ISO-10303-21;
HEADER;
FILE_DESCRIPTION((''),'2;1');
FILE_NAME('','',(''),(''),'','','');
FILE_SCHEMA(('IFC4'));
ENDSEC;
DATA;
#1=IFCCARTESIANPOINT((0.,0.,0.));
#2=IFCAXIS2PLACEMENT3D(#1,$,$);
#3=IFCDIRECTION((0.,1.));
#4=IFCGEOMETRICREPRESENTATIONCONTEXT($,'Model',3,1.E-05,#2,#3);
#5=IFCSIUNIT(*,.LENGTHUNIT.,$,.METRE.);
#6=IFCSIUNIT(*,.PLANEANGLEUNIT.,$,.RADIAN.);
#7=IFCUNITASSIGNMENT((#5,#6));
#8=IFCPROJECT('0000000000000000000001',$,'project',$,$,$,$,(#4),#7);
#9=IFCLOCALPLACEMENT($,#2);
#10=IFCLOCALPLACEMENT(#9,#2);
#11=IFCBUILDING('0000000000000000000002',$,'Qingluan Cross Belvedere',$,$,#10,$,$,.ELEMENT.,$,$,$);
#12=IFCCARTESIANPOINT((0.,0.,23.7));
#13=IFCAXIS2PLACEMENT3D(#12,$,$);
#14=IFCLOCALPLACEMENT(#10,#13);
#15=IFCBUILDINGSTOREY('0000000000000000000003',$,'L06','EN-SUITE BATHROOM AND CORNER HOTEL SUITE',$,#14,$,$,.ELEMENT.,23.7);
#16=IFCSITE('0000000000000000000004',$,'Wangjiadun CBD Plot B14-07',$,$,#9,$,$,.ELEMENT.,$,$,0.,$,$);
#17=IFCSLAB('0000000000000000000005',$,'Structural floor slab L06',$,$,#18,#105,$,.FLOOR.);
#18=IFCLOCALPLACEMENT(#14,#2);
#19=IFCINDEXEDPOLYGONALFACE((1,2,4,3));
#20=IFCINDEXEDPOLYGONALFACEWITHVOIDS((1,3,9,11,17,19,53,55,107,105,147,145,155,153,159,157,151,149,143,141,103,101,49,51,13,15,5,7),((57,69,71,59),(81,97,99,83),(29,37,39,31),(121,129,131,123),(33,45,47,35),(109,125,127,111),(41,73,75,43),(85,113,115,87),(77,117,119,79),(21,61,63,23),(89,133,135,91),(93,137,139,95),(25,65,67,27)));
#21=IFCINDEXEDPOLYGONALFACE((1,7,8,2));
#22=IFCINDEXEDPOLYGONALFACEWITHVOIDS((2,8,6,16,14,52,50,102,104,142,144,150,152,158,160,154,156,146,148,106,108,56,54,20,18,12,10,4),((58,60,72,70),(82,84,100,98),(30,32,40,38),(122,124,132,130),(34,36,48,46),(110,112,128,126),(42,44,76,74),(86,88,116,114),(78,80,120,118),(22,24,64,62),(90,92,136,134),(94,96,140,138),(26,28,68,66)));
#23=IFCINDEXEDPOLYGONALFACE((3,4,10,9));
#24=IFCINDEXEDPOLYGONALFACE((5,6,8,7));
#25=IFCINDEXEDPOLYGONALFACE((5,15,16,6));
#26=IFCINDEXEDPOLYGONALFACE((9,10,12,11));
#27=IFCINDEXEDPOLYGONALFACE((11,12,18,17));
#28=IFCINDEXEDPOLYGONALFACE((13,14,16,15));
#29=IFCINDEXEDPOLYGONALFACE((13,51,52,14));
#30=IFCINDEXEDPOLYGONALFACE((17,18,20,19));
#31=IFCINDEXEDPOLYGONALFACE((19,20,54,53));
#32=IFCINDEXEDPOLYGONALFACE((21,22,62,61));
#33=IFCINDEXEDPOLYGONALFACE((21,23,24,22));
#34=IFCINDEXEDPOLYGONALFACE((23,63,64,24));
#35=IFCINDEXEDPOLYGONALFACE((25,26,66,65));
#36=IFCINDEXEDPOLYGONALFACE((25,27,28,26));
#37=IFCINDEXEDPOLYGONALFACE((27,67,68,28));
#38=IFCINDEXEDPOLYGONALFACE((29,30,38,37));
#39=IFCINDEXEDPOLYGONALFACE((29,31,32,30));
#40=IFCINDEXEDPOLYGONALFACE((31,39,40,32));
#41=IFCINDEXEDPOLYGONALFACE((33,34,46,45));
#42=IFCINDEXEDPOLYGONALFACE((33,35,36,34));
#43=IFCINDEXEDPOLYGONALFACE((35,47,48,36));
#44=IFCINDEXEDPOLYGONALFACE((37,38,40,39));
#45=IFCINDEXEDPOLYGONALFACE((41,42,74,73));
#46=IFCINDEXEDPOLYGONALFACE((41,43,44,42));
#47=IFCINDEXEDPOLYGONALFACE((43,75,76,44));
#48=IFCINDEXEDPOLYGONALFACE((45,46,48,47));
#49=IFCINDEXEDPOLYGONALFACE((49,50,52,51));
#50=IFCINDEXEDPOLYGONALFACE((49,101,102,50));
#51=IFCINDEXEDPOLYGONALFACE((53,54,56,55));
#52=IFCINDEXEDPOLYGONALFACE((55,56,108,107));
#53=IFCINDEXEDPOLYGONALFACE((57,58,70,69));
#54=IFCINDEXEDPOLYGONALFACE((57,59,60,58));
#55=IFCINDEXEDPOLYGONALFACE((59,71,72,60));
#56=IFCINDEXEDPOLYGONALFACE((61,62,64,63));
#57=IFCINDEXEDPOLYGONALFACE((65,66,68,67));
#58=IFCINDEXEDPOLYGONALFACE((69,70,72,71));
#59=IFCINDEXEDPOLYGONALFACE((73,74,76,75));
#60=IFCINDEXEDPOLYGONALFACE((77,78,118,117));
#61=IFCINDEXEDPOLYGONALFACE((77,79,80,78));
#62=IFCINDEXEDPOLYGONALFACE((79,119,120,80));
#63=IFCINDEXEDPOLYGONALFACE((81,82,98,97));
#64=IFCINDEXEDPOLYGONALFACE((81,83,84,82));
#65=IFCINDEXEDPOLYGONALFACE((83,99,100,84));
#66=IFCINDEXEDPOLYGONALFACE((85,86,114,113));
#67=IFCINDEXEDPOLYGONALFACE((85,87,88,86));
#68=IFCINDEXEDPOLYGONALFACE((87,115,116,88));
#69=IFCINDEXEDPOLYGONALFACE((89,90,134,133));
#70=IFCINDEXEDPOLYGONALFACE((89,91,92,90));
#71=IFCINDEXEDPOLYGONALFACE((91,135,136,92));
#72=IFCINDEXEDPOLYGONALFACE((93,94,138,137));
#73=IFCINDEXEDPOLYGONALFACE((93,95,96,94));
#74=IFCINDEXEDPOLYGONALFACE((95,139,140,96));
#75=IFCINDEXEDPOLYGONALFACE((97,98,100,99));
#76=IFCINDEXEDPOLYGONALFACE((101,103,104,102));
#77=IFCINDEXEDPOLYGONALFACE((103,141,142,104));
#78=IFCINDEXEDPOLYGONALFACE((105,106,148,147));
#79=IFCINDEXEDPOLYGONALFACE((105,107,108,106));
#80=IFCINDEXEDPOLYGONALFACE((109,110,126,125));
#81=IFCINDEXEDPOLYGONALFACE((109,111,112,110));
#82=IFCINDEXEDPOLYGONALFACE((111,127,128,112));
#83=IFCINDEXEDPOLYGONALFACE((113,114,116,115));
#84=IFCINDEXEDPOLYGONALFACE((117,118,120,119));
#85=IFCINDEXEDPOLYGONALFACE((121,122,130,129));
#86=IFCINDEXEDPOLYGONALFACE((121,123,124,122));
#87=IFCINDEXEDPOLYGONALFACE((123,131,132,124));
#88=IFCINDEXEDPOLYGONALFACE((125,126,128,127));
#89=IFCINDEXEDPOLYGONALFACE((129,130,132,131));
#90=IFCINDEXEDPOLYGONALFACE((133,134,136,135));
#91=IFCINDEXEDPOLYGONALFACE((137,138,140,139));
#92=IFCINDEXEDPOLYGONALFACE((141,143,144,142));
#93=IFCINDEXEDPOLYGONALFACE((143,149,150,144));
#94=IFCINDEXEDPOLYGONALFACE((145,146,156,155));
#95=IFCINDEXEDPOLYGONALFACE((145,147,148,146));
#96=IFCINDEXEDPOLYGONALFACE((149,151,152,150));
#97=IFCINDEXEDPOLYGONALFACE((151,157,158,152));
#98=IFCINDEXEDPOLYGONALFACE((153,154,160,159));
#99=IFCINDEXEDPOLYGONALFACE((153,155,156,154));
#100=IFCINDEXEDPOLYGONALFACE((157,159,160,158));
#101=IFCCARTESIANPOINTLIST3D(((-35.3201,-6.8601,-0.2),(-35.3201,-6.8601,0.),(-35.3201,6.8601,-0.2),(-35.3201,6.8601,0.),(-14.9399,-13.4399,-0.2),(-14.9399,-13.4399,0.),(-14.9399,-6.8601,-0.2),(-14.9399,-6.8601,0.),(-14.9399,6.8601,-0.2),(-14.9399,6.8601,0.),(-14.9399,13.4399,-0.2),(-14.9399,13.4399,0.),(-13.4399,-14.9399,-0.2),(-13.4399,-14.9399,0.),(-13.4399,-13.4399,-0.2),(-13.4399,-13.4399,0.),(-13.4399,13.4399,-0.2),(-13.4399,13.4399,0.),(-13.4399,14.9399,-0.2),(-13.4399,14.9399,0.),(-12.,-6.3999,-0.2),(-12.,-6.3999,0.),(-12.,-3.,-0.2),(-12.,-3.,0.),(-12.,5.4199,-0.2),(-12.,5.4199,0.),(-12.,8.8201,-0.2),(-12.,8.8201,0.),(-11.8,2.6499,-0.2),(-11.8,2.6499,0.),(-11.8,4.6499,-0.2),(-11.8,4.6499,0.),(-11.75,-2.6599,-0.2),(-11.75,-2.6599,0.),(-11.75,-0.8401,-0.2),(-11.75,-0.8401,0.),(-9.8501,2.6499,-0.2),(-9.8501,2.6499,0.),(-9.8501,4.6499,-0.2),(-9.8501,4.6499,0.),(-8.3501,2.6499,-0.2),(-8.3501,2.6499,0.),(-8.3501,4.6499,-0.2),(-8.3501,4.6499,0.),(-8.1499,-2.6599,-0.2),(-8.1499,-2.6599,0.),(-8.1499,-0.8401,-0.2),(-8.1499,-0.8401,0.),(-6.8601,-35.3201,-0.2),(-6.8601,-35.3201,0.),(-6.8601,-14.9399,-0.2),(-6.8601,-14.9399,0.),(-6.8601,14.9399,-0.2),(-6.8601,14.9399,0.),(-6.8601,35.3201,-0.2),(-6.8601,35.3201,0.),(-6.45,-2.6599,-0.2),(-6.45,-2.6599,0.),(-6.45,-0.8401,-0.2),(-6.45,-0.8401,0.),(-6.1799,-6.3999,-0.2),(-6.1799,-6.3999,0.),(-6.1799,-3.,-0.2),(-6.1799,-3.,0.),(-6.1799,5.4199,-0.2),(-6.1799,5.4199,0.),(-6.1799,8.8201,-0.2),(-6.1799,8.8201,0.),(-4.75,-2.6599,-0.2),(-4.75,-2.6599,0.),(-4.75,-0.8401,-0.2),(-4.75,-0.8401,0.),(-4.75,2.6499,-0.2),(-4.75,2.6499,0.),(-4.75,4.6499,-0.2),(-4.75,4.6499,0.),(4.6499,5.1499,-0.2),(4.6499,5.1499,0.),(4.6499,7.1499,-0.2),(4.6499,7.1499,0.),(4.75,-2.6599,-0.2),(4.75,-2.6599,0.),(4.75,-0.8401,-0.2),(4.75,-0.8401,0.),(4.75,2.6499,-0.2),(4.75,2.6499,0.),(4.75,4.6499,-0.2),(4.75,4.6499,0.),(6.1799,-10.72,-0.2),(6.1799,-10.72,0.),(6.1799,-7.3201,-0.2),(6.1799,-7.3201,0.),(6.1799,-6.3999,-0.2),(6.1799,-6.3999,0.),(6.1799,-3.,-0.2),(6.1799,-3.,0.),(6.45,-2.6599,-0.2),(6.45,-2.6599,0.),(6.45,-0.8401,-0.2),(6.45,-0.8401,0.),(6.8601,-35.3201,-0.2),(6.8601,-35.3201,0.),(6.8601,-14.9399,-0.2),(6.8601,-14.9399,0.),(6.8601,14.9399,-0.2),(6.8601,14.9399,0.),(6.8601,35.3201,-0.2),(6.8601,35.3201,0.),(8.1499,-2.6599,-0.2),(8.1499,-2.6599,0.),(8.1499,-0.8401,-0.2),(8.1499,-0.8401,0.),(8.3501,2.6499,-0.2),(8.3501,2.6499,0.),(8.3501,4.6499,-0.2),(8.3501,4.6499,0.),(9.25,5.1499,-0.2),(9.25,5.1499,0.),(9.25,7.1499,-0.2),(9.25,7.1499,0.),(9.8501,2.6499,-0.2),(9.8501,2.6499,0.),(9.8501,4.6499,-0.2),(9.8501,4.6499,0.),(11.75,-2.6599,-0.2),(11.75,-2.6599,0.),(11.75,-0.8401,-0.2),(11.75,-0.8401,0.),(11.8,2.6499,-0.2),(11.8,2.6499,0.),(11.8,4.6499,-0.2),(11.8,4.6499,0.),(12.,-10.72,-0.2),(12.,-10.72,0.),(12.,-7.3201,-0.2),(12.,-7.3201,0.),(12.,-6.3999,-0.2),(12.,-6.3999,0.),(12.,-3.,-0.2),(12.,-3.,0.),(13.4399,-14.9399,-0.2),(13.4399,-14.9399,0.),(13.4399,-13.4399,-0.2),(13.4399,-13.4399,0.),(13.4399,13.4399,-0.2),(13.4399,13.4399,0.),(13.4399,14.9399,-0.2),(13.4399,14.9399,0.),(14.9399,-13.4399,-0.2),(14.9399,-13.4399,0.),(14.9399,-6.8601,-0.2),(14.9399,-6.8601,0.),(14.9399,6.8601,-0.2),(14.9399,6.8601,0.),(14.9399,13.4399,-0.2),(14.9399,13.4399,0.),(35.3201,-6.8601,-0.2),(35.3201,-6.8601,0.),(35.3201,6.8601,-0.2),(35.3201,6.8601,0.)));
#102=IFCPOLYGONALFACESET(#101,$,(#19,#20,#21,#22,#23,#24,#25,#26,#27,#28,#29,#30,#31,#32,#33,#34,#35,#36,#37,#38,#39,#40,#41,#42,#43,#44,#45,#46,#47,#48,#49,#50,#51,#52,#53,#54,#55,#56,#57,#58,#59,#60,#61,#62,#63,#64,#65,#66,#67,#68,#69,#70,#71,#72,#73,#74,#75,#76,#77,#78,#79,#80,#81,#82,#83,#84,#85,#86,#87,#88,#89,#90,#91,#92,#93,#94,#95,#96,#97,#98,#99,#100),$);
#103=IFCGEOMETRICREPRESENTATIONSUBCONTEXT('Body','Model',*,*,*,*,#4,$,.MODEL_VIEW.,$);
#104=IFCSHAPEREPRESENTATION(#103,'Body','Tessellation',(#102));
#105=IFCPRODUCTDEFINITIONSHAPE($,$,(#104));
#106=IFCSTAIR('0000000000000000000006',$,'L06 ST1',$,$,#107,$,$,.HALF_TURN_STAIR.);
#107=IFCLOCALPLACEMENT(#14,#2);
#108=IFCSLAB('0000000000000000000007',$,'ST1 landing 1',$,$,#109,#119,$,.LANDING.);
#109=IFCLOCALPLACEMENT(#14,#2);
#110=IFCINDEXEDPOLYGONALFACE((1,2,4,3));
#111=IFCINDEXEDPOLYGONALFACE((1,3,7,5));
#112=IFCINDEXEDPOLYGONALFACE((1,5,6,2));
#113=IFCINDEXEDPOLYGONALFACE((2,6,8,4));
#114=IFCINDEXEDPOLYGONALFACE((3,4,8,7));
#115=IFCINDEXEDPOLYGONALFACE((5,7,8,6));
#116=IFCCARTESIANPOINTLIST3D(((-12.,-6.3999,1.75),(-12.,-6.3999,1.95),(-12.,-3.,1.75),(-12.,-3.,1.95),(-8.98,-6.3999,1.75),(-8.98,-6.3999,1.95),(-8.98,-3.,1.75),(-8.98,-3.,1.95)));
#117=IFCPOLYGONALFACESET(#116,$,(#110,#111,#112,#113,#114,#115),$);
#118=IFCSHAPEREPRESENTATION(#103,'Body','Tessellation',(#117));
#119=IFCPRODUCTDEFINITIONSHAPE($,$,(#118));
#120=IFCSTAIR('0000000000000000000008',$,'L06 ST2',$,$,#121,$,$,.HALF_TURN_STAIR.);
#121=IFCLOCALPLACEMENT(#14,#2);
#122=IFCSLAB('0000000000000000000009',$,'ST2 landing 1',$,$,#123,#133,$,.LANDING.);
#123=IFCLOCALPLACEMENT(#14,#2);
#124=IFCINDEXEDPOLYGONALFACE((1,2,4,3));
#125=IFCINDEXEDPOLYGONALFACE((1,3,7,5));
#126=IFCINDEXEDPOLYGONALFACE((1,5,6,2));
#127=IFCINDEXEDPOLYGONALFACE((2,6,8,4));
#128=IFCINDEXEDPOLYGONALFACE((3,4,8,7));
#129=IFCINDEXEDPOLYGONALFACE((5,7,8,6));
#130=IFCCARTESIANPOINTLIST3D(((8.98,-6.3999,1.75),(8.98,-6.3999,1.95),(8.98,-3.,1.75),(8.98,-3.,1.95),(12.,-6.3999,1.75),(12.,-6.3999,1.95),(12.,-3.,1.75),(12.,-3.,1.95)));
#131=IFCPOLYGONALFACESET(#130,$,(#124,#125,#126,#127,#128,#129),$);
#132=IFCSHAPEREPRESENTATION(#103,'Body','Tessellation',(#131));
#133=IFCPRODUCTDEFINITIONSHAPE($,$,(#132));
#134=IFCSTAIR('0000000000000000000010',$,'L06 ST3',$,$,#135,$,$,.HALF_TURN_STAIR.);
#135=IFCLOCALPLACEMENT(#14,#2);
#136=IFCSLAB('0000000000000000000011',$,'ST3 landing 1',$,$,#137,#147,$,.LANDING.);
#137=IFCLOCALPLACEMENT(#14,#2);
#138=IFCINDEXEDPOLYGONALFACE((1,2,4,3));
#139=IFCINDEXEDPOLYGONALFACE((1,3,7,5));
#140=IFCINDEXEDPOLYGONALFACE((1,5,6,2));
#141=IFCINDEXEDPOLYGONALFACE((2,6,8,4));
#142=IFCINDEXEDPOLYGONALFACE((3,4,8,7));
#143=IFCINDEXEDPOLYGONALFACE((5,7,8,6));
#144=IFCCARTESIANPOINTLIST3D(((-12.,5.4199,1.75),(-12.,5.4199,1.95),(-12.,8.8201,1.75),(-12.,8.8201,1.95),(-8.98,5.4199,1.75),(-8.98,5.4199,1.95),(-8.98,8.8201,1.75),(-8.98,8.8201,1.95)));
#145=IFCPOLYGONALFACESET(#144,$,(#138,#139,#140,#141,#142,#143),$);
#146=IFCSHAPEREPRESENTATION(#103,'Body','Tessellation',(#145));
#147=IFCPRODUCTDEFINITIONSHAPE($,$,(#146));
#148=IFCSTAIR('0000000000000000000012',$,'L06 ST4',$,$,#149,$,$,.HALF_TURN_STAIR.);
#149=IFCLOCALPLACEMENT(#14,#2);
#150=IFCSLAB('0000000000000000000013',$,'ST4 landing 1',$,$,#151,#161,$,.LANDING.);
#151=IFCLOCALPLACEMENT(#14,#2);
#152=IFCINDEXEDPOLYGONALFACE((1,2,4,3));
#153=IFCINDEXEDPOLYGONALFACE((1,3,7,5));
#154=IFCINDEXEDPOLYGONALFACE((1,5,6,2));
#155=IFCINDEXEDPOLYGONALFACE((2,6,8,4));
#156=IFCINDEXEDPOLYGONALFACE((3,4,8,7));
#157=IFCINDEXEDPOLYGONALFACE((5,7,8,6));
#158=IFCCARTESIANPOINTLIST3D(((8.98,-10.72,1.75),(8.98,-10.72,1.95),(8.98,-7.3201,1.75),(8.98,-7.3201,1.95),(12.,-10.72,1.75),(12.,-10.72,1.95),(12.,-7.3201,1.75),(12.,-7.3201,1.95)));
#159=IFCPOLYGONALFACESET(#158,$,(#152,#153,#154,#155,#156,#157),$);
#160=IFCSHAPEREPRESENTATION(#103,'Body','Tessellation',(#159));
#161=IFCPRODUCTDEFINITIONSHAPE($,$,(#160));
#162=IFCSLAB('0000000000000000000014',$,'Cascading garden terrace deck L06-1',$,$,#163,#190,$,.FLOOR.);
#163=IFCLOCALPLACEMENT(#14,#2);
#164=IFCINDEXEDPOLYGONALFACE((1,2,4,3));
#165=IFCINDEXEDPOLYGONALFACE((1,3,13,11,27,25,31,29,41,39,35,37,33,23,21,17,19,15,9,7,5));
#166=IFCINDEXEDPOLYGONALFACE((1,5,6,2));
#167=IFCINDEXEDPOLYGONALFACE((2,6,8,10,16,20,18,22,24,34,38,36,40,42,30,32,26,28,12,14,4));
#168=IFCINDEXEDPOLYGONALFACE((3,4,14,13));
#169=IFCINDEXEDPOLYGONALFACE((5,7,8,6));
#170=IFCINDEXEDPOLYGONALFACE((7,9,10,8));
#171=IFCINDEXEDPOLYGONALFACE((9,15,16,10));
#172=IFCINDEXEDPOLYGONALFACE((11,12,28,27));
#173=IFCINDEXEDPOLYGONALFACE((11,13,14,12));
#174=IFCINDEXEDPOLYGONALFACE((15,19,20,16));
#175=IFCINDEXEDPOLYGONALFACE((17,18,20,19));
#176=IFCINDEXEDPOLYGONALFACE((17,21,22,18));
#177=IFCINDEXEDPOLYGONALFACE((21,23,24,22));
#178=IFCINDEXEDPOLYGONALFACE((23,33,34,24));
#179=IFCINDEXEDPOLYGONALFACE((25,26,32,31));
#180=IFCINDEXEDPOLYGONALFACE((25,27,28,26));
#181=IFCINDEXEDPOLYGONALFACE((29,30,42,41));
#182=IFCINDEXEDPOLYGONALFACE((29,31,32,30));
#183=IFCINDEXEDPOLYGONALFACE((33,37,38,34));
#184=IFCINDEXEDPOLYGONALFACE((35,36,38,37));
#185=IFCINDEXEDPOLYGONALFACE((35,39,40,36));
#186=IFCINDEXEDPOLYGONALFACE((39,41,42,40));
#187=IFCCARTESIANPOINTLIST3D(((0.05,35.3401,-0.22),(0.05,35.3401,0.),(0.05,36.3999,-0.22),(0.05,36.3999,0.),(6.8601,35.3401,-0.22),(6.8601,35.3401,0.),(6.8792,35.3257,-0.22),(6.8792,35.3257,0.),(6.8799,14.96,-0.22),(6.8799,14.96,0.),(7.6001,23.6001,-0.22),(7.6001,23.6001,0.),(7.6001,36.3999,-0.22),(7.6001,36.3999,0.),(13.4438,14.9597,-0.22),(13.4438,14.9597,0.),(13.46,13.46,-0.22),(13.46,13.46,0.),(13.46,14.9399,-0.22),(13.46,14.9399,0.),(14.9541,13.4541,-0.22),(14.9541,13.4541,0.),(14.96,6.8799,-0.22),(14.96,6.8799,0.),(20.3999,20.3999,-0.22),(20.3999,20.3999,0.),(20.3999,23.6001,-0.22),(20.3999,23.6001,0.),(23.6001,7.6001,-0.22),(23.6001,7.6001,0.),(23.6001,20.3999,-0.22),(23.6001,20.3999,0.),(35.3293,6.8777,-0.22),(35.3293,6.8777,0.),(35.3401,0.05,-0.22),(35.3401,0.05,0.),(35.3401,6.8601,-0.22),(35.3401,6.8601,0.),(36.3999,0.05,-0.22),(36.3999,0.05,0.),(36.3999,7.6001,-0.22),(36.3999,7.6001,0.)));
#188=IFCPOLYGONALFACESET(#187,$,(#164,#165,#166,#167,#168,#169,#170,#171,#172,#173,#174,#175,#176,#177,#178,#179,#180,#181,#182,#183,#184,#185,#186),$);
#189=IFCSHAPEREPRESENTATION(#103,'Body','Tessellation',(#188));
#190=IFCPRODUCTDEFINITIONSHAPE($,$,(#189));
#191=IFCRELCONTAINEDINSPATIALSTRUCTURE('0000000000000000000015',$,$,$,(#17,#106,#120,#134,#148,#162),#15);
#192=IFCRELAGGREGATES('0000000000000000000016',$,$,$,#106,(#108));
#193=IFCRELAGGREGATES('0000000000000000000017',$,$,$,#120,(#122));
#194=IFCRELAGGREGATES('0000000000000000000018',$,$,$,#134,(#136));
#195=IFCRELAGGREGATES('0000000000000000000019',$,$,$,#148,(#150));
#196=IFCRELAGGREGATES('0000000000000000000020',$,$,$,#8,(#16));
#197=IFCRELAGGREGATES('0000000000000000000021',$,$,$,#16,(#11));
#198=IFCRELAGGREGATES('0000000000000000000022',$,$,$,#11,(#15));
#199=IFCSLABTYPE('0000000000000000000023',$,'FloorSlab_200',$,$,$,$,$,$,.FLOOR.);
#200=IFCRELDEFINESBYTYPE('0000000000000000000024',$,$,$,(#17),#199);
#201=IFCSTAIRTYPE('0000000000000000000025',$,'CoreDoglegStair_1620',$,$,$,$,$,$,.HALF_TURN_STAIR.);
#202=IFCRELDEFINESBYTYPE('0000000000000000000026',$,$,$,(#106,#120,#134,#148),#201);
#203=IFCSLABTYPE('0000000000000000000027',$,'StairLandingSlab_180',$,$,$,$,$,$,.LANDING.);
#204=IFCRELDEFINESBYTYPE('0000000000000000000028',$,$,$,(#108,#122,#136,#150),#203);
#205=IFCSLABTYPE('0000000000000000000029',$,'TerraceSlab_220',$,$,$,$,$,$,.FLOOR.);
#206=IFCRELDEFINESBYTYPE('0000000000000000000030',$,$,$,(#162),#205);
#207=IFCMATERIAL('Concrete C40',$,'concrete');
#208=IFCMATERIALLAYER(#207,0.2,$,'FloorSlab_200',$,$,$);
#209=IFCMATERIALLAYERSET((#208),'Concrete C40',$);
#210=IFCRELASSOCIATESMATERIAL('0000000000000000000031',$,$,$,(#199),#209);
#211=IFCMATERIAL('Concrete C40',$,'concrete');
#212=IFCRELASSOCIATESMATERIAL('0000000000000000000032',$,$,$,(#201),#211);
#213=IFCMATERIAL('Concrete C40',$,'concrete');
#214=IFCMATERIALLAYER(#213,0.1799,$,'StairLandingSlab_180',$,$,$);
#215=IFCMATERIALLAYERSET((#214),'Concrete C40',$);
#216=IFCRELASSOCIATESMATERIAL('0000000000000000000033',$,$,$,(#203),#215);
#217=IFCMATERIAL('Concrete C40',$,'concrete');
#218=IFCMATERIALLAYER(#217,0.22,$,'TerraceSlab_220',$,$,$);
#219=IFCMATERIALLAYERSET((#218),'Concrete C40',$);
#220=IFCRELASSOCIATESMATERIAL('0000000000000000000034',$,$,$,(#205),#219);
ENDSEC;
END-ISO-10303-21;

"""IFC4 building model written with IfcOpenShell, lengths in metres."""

from ifc_helpers import new_model, si_unit, direction, frame, origin, place, context, subcontext, project, spatial, polyline, outline, extrude, material, layer, layer_set, type_object, element, aggregate, save


model = new_model("IFC4")

# Units and contexts
model_context = context("Model", 3, precision=1e-05, world=origin(), true_north=direction((0.0, 1.0)))
body_context = subcontext(model_context, "Body", "Model", "MODEL_VIEW")
ifc_project = project(units=[si_unit("LENGTHUNIT", "METRE"), si_unit("PLANEANGLEUNIT", "RADIAN")], contexts=[model_context])

# Site, building, storey
site_placement = place(None, origin())
site = spatial("IfcSite", under=ifc_project, at=site_placement, Name="Wangjiadun CBD Plot B14-07", CompositionType="ELEMENT", RefElevation=0.0)
building_placement = place(site_placement, origin())
building = spatial("IfcBuilding", under=site, at=building_placement, Name="Qingluan Cross Belvedere", CompositionType="ELEMENT")
storey_placement = place(building_placement, frame((0.0, 0.0, 23.7)))
storey = spatial("IfcBuildingStorey", under=building, at=storey_placement, Name="L06", Description="EN-SUITE BATHROOM AND CORNER HOTEL SUITE", CompositionType="ELEMENT", Elevation=23.7)

# Slab
ifc_material_1 = material(Name="Concrete C40", Category="concrete")
ifc_layer_1 = layer(ifc_material_1, 0.2, Name="FloorSlab_200")
ifc_layer_set_1 = layer_set([ifc_layer_1], Name="Concrete C40")
slab_type_1 = type_object("IfcSlabType", Name="FloorSlab_200", PredefinedType="FLOOR", material=ifc_layer_set_1)
slab_1_placement = place(storey_placement, frame((0.0, 0.0, -0.2)))
element("IfcSlab", 1, at=slab_1_placement, inside=storey, type_object=slab_type_1, Name="Structural floor slab L06", PredefinedType="FLOOR", context=body_context, shape_type="SweptSolid", body=[
    extrude(outline(polyline([(6.8601, -35.3201), (6.8601, -14.9399), (13.4399, -14.9399), (13.4399, -13.4399), (14.9399, -13.4399), (14.9399, -6.8601), (35.3201, -6.8601), (35.3201, 6.8601), (14.9399, 6.8601), (14.9399, 13.4399), (13.4399, 13.4399), (13.4399, 14.9399), (6.8601, 14.9399), (6.8601, 35.3201), (-6.8601, 35.3201), (-6.8601, 14.9399), (-13.4399, 14.9399), (-13.4399, 13.4399), (-14.9399, 13.4399), (-14.9399, 6.8601), (-35.3201, 6.8601), (-35.3201, -6.8601), (-14.9399, -6.8601), (-14.9399, -13.4399), (-13.4399, -13.4399), (-13.4399, -14.9399), (-6.8601, -14.9399), (-6.8601, -35.3201), (6.8601, -35.3201)]), holes=[polyline([(-12.0, -3.0), (-6.1799, -3.0), (-6.1799, -6.3999), (-12.0, -6.3999), (-12.0, -3.0)]), polyline([(6.1799, -3.0), (12.0, -3.0), (12.0, -6.3999), (6.1799, -6.3999), (6.1799, -3.0)]), polyline([(-12.0, 8.8201), (-6.1799, 8.8201), (-6.1799, 5.4199), (-12.0, 5.4199), (-12.0, 8.8201)]), polyline([(6.1799, -7.3201), (12.0, -7.3201), (12.0, -10.72), (6.1799, -10.72), (6.1799, -7.3201)]), polyline([(-11.8, 4.6499), (-9.8501, 4.6499), (-9.8501, 2.6499), (-11.8, 2.6499), (-11.8, 4.6499)]), polyline([(-8.3501, 4.6499), (-4.75, 4.6499), (-4.75, 2.6499), (-8.3501, 2.6499), (-8.3501, 4.6499)]), polyline([(4.75, 4.6499), (8.3501, 4.6499), (8.3501, 2.6499), (4.75, 2.6499), (4.75, 4.6499)]), polyline([(9.8501, 4.6499), (11.8, 4.6499), (11.8, 2.6499), (9.8501, 2.6499), (9.8501, 4.6499)]), polyline([(-11.75, -0.8401), (-8.1499, -0.8401), (-8.1499, -2.6599), (-11.75, -2.6599), (-11.75, -0.8401)]), polyline([(-6.45, -0.8401), (-4.75, -0.8401), (-4.75, -2.6599), (-6.45, -2.6599), (-6.45, -0.8401)]), polyline([(4.75, -0.8401), (6.45, -0.8401), (6.45, -2.6599), (4.75, -2.6599), (4.75, -0.8401)]), polyline([(8.1499, -0.8401), (11.75, -0.8401), (11.75, -2.6599), (8.1499, -2.6599), (8.1499, -0.8401)]), polyline([(4.6499, 7.1499), (9.25, 7.1499), (9.25, 5.1499), (4.6499, 5.1499), (4.6499, 7.1499)])]), origin(), (0.0, 0.0, 1.0), 0.2),
])

# Stairs, slabs
ifc_material_2 = material(Name="Concrete C40", Category="concrete")
stair_type = type_object("IfcStairType", Name="CoreDoglegStair_1620", PredefinedType="HALF_TURN_STAIR", material=ifc_material_2)
stair_1_placement = place(storey_placement, origin())
stair_1 = element("IfcStair", 2, at=stair_1_placement, inside=storey, type_object=stair_type, Name="L06 ST1", PredefinedType="HALF_TURN_STAIR")
ifc_material_3 = material(Name="Concrete C40", Category="concrete")
ifc_layer_2 = layer(ifc_material_3, 0.1799, Name="StairLandingSlab_180")
ifc_layer_set_2 = layer_set([ifc_layer_2], Name="Concrete C40")
slab_type_2 = type_object("IfcSlabType", Name="StairLandingSlab_180", PredefinedType="LANDING", material=ifc_layer_set_2)
slab_2_placement = place(storey_placement, frame((0.0, 0.0, 1.75)))
slab_2 = element("IfcSlab", 3, at=slab_2_placement, type_object=slab_type_2, Name="ST1 landing 1", PredefinedType="LANDING", context=body_context, shape_type="SweptSolid", body=[
    extrude(outline(polyline([(-8.98, -3.0), (-12.0, -3.0), (-12.0, -6.3999), (-8.98, -6.3999), (-8.98, -3.0)])), origin(), (0.0, 0.0, 1.0), 0.2),
])
aggregate(stair_1, [slab_2])
stair_2_placement = place(storey_placement, origin())
stair_2 = element("IfcStair", 4, at=stair_2_placement, inside=storey, type_object=stair_type, Name="L06 ST2", PredefinedType="HALF_TURN_STAIR")
slab_3_placement = place(storey_placement, frame((0.0, 0.0, 1.75)))
slab_3 = element("IfcSlab", 5, at=slab_3_placement, type_object=slab_type_2, Name="ST2 landing 1", PredefinedType="LANDING", context=body_context, shape_type="SweptSolid", body=[
    extrude(outline(polyline([(8.98, -6.3999), (12.0, -6.3999), (12.0, -3.0), (8.98, -3.0), (8.98, -6.3999)])), origin(), (0.0, 0.0, 1.0), 0.2),
])
aggregate(stair_2, [slab_3])
stair_3_placement = place(storey_placement, origin())
stair_3 = element("IfcStair", 6, at=stair_3_placement, inside=storey, type_object=stair_type, Name="L06 ST3", PredefinedType="HALF_TURN_STAIR")
slab_4_placement = place(storey_placement, frame((0.0, 0.0, 1.75)))
slab_4 = element("IfcSlab", 7, at=slab_4_placement, type_object=slab_type_2, Name="ST3 landing 1", PredefinedType="LANDING", context=body_context, shape_type="SweptSolid", body=[
    extrude(outline(polyline([(-8.98, 8.8201), (-12.0, 8.8201), (-12.0, 5.4199), (-8.98, 5.4199), (-8.98, 8.8201)])), origin(), (0.0, 0.0, 1.0), 0.2),
])
aggregate(stair_3, [slab_4])
stair_4_placement = place(storey_placement, origin())
stair_4 = element("IfcStair", 8, at=stair_4_placement, inside=storey, type_object=stair_type, Name="L06 ST4", PredefinedType="HALF_TURN_STAIR")
slab_5_placement = place(storey_placement, frame((0.0, 0.0, 1.75)))
slab_5 = element("IfcSlab", 9, at=slab_5_placement, type_object=slab_type_2, Name="ST4 landing 1", PredefinedType="LANDING", context=body_context, shape_type="SweptSolid", body=[
    extrude(outline(polyline([(8.98, -10.72), (12.0, -10.72), (12.0, -7.3201), (8.98, -7.3201), (8.98, -10.72)])), origin(), (0.0, 0.0, 1.0), 0.2),
])
aggregate(stair_4, [slab_5])

# Slab
ifc_material_4 = material(Name="Concrete C40", Category="concrete")
ifc_layer_3 = layer(ifc_material_4, 0.22, Name="TerraceSlab_220")
ifc_layer_set_3 = layer_set([ifc_layer_3], Name="Concrete C40")
slab_type_3 = type_object("IfcSlabType", Name="TerraceSlab_220", PredefinedType="FLOOR", material=ifc_layer_set_3)
slab_6_placement = place(storey_placement, frame((0.0, 0.0, -0.22)))
element("IfcSlab", 10, at=slab_6_placement, inside=storey, type_object=slab_type_3, Name="Cascading garden terrace deck L06-1", PredefinedType="FLOOR", context=body_context, shape_type="SweptSolid", body=[
    extrude(outline(polyline([(0.05, 36.3999), (0.05, 35.3401), (6.8601, 35.3401), (6.8792, 35.3257), (6.8799, 14.96), (13.4438, 14.9597), (13.46, 14.9399), (13.46, 13.46), (14.9541, 13.4541), (14.96, 6.8799), (35.3293, 6.8777), (35.3401, 6.8601), (35.3401, 0.05), (36.3999, 0.05), (36.3999, 7.6001), (23.6001, 7.6001), (23.6001, 20.3999), (20.3999, 20.3999), (20.3999, 23.6001), (7.6001, 23.6001), (7.6001, 36.3999), (0.05, 36.3999)])), origin(), (0.0, 0.0, 1.0), 0.22),
])

save(model, "model.ifc")
